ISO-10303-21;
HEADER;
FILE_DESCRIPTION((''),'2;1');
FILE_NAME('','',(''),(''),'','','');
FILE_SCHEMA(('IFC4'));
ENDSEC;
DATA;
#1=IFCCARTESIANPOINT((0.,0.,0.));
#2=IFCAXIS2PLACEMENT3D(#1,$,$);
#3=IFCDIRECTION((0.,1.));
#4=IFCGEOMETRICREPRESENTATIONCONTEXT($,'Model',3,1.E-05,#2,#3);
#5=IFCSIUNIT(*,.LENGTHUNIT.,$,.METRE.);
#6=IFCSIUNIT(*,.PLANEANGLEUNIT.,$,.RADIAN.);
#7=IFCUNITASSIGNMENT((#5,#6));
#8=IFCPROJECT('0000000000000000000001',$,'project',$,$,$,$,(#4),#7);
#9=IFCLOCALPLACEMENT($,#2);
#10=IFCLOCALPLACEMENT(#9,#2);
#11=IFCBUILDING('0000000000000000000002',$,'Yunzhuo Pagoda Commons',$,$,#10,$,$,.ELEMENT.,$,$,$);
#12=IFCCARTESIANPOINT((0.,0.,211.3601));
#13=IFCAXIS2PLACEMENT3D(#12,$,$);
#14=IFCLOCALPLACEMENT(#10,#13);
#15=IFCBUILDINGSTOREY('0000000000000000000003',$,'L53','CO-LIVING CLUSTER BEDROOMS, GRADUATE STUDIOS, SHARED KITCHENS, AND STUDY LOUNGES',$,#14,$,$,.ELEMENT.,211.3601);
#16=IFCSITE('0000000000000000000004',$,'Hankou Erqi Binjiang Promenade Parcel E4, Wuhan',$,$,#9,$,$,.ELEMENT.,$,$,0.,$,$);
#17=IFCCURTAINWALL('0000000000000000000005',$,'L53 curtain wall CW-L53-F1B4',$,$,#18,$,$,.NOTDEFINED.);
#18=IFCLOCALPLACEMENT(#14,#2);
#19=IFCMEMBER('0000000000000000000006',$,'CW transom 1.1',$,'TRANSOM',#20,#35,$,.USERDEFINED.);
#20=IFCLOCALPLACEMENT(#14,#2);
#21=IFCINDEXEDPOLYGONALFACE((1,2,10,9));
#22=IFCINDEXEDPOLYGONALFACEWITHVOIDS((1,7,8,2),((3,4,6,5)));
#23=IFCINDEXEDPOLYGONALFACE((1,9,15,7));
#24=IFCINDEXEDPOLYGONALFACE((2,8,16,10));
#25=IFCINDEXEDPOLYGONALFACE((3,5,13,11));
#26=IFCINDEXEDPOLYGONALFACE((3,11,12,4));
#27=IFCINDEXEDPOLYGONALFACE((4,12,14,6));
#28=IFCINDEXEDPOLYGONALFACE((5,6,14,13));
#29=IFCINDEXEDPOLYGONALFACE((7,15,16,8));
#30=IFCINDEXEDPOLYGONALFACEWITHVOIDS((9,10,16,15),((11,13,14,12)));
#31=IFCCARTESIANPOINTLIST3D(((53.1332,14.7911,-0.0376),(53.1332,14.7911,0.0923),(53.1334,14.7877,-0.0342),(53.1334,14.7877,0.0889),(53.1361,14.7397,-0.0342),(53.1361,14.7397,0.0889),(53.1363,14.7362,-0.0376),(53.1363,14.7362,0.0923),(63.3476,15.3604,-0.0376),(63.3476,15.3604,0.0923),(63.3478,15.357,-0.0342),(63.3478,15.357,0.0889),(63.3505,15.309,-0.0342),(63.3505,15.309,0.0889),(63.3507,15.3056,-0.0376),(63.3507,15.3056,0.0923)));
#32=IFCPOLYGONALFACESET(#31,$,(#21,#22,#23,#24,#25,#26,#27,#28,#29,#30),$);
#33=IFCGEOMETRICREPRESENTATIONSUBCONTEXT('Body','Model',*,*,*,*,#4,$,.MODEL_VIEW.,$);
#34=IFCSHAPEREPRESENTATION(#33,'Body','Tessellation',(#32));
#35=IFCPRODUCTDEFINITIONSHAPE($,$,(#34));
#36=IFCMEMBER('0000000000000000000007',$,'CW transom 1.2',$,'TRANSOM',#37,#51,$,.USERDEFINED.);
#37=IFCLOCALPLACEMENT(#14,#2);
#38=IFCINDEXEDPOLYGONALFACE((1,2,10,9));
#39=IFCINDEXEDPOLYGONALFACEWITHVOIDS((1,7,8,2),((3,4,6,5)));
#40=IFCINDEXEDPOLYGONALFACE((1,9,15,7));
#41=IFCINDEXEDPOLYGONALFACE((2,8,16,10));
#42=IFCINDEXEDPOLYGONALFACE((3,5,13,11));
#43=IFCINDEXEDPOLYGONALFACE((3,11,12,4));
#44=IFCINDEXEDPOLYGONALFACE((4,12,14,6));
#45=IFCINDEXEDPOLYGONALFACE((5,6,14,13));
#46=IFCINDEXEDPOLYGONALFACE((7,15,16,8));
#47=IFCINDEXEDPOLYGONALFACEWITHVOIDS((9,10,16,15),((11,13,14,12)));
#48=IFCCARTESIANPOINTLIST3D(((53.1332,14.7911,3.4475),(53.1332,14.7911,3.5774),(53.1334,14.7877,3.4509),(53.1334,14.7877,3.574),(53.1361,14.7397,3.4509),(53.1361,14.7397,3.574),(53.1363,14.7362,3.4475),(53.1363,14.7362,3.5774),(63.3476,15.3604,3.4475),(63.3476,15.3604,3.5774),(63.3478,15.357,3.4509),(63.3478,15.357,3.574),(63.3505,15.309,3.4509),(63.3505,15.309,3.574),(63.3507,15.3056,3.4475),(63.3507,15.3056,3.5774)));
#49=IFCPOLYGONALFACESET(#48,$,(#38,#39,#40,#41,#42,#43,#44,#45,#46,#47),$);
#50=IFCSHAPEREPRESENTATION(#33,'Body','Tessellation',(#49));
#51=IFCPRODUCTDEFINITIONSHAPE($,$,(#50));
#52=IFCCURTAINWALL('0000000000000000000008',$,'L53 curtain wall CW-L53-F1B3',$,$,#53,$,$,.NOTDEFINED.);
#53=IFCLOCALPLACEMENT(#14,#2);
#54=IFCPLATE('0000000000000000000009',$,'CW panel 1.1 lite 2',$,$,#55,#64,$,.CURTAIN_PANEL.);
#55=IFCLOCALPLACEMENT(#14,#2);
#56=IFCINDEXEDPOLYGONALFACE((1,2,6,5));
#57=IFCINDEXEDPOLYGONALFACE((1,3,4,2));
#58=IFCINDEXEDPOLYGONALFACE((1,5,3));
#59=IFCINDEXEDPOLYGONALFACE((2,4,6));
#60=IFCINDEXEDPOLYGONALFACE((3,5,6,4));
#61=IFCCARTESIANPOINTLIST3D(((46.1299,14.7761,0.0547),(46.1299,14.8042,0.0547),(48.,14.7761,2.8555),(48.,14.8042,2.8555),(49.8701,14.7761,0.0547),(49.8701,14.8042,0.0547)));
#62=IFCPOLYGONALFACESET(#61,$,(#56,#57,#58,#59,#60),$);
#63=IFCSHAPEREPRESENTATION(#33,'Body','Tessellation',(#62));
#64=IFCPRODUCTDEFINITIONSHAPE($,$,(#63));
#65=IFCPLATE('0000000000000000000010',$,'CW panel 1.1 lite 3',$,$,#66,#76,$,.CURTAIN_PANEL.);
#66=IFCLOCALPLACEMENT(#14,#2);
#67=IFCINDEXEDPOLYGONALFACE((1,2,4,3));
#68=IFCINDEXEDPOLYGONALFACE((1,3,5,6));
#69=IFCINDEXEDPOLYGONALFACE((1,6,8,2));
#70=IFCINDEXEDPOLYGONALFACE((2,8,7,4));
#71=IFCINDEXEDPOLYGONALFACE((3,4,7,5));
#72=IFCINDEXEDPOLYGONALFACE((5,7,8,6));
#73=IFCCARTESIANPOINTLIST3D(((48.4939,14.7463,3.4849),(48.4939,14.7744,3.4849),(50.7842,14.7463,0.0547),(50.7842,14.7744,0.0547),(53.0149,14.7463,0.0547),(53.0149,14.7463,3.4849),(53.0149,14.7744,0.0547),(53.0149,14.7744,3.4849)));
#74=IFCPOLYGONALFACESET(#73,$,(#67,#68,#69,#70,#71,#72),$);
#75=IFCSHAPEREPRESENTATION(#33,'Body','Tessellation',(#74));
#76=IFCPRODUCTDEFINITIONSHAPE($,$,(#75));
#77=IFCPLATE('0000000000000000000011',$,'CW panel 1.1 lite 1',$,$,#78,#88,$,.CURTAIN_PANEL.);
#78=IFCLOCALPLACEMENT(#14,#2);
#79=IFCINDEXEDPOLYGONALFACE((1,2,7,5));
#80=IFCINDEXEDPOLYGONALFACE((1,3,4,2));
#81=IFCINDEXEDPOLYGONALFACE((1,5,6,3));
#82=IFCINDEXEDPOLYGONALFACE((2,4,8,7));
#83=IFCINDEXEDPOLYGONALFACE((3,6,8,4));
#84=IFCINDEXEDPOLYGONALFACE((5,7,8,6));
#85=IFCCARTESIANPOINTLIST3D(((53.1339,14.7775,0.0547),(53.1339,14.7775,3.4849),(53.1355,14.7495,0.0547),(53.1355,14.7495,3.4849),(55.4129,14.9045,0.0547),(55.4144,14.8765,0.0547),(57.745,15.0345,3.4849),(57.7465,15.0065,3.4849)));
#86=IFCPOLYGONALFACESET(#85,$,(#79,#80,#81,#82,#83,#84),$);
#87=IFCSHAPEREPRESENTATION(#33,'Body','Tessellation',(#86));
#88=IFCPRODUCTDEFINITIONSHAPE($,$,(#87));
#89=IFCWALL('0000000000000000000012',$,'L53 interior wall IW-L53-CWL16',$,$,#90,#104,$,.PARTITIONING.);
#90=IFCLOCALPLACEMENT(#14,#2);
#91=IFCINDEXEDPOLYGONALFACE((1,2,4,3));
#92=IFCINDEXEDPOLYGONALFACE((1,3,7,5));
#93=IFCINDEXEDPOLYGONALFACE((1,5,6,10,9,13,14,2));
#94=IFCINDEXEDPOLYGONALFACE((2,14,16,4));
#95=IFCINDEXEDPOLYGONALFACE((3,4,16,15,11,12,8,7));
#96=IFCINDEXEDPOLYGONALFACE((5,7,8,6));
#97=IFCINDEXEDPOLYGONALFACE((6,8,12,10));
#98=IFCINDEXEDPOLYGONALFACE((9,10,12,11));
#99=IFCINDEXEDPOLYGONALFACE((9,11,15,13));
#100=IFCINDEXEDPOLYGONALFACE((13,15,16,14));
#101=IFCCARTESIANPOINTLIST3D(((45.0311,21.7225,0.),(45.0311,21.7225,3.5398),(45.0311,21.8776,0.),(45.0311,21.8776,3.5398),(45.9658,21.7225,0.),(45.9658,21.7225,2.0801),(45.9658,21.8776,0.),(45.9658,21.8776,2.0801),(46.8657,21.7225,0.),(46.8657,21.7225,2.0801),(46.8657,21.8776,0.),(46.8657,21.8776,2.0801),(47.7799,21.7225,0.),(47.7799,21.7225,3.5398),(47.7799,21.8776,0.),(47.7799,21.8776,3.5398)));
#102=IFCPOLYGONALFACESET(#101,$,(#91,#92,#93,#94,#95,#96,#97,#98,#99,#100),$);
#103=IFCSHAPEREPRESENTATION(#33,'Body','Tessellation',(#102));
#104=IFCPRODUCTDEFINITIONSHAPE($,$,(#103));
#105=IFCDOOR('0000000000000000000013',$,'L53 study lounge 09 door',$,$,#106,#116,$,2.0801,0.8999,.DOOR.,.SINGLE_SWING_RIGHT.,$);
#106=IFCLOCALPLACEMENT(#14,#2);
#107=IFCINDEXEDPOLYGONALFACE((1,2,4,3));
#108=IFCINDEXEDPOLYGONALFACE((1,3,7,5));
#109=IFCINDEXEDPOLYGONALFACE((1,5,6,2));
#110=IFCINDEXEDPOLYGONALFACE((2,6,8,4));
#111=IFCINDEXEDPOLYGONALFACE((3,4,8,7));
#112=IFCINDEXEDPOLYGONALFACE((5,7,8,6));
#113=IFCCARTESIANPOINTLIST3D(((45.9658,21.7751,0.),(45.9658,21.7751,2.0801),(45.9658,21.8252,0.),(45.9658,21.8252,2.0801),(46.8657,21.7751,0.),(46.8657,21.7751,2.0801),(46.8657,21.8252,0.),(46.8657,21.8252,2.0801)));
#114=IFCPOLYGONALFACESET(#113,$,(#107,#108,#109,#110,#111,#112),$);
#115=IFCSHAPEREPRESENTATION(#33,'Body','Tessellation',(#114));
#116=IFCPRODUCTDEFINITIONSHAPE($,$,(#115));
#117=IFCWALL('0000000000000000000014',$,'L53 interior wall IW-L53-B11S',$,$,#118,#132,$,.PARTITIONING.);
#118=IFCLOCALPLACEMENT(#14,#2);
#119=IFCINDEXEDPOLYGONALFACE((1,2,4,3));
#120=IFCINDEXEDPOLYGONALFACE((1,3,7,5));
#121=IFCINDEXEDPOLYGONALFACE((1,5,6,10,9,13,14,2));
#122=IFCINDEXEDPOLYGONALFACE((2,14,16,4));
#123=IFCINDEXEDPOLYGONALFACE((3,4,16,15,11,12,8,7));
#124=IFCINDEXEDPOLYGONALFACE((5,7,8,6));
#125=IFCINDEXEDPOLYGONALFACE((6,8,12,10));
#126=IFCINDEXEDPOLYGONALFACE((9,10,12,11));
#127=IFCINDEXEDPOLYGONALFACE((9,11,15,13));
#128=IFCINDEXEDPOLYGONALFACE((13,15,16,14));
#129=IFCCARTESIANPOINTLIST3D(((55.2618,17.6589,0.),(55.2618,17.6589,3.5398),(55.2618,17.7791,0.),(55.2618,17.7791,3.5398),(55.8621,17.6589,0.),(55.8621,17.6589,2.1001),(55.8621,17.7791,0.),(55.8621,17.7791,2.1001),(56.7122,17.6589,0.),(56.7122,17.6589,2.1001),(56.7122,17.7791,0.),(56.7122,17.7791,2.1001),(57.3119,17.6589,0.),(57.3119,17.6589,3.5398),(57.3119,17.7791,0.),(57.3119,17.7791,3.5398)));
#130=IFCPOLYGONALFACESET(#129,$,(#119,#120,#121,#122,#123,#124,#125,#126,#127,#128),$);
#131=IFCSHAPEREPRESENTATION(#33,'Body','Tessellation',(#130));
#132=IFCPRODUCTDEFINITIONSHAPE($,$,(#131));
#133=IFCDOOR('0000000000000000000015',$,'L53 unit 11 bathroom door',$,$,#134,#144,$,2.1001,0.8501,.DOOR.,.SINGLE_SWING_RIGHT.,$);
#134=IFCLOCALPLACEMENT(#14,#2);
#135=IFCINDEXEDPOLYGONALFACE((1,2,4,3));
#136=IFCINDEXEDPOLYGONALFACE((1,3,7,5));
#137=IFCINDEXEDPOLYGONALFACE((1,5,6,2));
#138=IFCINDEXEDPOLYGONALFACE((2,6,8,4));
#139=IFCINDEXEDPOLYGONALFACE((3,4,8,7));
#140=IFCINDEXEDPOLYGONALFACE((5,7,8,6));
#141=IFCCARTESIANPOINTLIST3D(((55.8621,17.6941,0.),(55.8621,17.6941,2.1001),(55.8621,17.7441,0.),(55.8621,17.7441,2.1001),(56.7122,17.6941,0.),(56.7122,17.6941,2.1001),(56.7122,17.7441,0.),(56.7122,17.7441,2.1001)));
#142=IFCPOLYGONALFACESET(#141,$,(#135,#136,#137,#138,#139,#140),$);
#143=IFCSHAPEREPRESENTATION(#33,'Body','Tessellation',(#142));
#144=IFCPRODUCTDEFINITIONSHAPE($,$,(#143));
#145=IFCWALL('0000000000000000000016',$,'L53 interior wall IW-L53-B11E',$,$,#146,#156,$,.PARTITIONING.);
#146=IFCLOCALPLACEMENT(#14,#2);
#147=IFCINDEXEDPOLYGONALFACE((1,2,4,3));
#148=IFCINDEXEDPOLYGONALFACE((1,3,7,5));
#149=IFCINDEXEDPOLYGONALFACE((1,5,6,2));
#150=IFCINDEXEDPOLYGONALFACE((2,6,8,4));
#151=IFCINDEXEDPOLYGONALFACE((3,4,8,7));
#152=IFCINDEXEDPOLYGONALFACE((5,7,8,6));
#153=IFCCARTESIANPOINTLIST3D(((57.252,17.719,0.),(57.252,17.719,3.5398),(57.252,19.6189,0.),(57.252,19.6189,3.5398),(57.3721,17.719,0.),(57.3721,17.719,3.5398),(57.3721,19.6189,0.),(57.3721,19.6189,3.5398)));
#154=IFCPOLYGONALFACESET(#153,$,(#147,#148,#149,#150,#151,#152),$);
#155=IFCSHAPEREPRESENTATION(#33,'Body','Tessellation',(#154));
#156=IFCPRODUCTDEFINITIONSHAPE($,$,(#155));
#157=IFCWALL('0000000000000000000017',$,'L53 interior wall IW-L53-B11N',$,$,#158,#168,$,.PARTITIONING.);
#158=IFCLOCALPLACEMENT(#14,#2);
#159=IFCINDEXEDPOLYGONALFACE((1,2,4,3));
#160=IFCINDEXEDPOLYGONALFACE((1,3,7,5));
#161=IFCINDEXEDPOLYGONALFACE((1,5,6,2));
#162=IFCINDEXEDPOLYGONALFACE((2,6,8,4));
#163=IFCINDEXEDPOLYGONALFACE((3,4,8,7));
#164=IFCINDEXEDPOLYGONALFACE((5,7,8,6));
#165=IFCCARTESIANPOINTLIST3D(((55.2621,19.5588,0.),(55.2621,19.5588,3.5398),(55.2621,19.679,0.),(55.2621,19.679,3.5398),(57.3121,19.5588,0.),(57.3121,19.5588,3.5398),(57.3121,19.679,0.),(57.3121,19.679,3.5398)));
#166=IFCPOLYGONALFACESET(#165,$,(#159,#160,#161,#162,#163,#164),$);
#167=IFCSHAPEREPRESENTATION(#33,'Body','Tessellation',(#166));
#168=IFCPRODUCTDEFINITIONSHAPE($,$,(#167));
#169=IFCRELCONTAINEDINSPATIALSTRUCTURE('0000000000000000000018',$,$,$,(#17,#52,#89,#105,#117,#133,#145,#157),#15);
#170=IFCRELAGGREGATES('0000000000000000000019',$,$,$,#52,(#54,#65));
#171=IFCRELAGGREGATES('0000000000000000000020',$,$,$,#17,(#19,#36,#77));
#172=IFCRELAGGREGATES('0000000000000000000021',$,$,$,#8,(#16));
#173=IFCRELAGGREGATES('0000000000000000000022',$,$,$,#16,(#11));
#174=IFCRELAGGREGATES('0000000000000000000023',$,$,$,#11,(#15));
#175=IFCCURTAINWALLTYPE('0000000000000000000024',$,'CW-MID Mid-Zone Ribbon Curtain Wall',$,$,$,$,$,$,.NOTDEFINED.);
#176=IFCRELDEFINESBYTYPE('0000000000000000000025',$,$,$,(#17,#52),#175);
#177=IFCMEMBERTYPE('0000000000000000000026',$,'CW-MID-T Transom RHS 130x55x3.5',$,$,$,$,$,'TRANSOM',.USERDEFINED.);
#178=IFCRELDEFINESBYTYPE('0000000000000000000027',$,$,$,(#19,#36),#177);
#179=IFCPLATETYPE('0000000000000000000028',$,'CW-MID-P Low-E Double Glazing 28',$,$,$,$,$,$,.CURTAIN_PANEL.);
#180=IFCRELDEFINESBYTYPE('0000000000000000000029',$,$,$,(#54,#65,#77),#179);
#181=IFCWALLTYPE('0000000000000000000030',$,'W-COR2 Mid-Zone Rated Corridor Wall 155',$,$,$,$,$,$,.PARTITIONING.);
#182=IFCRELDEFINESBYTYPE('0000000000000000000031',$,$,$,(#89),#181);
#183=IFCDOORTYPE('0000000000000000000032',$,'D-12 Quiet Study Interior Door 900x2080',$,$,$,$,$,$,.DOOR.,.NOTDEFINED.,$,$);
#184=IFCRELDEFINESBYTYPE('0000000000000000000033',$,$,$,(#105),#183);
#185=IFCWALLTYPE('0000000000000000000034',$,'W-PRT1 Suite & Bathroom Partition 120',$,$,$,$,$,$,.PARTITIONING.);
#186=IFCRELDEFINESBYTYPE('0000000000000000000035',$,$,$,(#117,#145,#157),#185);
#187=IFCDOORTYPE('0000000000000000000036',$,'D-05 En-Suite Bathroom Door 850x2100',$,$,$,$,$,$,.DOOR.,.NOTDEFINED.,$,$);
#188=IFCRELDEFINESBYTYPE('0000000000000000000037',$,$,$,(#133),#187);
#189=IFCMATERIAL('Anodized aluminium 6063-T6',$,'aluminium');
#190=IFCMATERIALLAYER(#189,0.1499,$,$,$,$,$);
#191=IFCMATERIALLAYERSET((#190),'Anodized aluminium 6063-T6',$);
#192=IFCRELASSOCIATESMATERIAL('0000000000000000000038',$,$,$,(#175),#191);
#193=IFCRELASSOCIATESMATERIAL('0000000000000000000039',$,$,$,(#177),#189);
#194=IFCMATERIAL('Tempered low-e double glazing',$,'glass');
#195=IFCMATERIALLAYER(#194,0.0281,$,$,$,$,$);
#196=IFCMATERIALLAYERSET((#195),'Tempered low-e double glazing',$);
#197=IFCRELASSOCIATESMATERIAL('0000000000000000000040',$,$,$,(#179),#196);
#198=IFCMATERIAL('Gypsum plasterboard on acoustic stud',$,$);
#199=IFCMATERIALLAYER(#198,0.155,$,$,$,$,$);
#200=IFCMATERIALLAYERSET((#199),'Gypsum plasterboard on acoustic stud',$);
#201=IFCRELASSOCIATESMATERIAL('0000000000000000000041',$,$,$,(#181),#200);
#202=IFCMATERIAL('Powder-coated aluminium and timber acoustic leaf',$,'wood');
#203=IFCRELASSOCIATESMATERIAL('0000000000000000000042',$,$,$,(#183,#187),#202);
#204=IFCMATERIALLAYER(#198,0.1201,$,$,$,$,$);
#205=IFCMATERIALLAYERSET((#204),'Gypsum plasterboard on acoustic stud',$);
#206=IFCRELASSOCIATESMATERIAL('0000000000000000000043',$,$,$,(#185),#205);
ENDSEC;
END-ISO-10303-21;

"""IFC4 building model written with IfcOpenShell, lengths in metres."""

from ifc_helpers import new_model, si_unit, direction, frame, frame_2d, origin, origin_with_axes, origin_2d, place, context, subcontext, project, spatial, polyline, rectangle, hollow_rectangle, outline, extrude, source, transform, mapped, material, layer, layer_set, material_profile, profile_set, type_object, element, fill, aggregate, save


model = new_model("IFC4")

# Units and contexts
model_context = context("Model", 3, precision=1e-05, world=origin(), true_north=direction((0.0, 1.0)))
body_context = subcontext(model_context, "Body", "Model", "MODEL_VIEW")
ifc_project = project(units=[si_unit("LENGTHUNIT", "METRE"), si_unit("PLANEANGLEUNIT", "RADIAN")], contexts=[model_context])

# Site, building, storey
site_placement = place(None, origin())
site = spatial("IfcSite", under=ifc_project, at=site_placement, Name="Hankou Erqi Binjiang Promenade Parcel E4, Wuhan", CompositionType="ELEMENT", RefElevation=0.0)
building_placement = place(site_placement, origin())
building = spatial("IfcBuilding", under=site, at=building_placement, Name="Yunzhuo Pagoda Commons", CompositionType="ELEMENT")
storey_placement = place(building_placement, frame((0.0, 0.0, 211.3601)))
storey = spatial("IfcBuildingStorey", under=building, at=storey_placement, Name="L53", Description="CO-LIVING CLUSTER BEDROOMS, GRADUATE STUDIOS, SHARED KITCHENS, AND STUDY LOUNGES", CompositionType="ELEMENT", Elevation=211.3601)

# Curtain wall, members
ifc_material_1 = material(Name="Anodized aluminium 6063-T6", Category="aluminium")
ifc_layer_1 = layer(ifc_material_1, 0.1499)
ifc_layer_set_1 = layer_set([ifc_layer_1], Name="Anodized aluminium 6063-T6")
curtain_wall_type = type_object("IfcCurtainWallType", Name="CW-MID Mid-Zone Ribbon Curtain Wall", PredefinedType="NOTDEFINED", material=ifc_layer_set_1)
curtain_wall_1_placement = place(storey_placement, origin())
curtain_wall_1 = element("IfcCurtainWall", 1, at=curtain_wall_1_placement, inside=storey, type_object=curtain_wall_type, Name="L53 curtain wall CW-L53-F1B4", PredefinedType="NOTDEFINED")
ifc_material_profile_1 = material_profile(ifc_material_1, hollow_rectangle(XDim=0.0549, YDim=0.1299, WallThickness=0.0034, at=origin_2d()), Name="Anodized aluminium 6063-T6")
ifc_profile_set_1 = profile_set([ifc_material_profile_1], Name="Anodized aluminium 6063-T6")
member_type_1 = type_object("IfcMemberType", Name="CW-MID-T Transom RHS 130x55x3.5", ElementType="TRANSOM", PredefinedType="USERDEFINED", material=ifc_profile_set_1)
shared_shape_1 = source(origin(), body_context, "Body", "SweptSolid", [
    extrude(hollow_rectangle(XDim=0.0549, YDim=0.1299, WallThickness=0.0034, at=origin_2d()), origin(), (0.0, 0.0, 1.0), 10.2302),
])
member_1_placement = place(storey_placement, frame((53.1348, 14.7637, 0.0273), z_axis=(0.99845, 0.055652, 0.0), x_axis=(-0.055652, 0.99845, 0.0)))
member_1 = element("IfcMember", 2, at=member_1_placement, type_object=member_type_1, Name="CW transom 1.1", ObjectType="TRANSOM", PredefinedType="USERDEFINED", context=body_context, shape_type="MappedRepresentation", body=[
    mapped(shared_shape_1, transform((0.0, 0.0, 0.0), scale=1.0)),
])
member_2_placement = place(storey_placement, frame((53.1348, 14.7637, 3.5125), z_axis=(0.99845, 0.055652, 0.0), x_axis=(-0.055652, 0.99845, 0.0)))
member_2 = element("IfcMember", 3, at=member_2_placement, type_object=member_type_1, Name="CW transom 1.2", ObjectType="TRANSOM", PredefinedType="USERDEFINED", context=body_context, shape_type="MappedRepresentation", body=[
    mapped(shared_shape_1, transform((0.0, 0.0, 0.0), scale=1.0)),
])

# Curtain wall, plates
curtain_wall_2_placement = place(storey_placement, origin())
curtain_wall_2 = element("IfcCurtainWall", 4, at=curtain_wall_2_placement, inside=storey, type_object=curtain_wall_type, Name="L53 curtain wall CW-L53-F1B3", PredefinedType="NOTDEFINED")
ifc_material_2 = material(Name="Tempered low-e double glazing", Category="glass")
ifc_layer_2 = layer(ifc_material_2, 0.0281)
ifc_layer_set_2 = layer_set([ifc_layer_2], Name="Tempered low-e double glazing")
plate_type = type_object("IfcPlateType", Name="CW-MID-P Low-E Double Glazing 28", PredefinedType="CURTAIN_PANEL", material=ifc_layer_set_2)
plate_1_placement = place(storey_placement, frame((48.0, 14.8042, 1.4551), z_axis=(0.0, -1.0, 0.0), x_axis=(1.0, 0.0, 0.0)))
plate_1 = element("IfcPlate", 5, at=plate_1_placement, type_object=plate_type, Name="CW panel 1.1 lite 2", PredefinedType="CURTAIN_PANEL", context=body_context, shape_type="SweptSolid", body=[
    extrude(outline(polyline([(-1.8701, -1.4004), (1.8701, -1.4004), (0.0, 1.4004), (-1.8701, -1.4004)])), origin(), (0.0, 0.0, 1.0), 0.0281),
])
plate_2_placement = place(storey_placement, frame((50.7544, 14.7744, 1.7698), z_axis=(0.0, -1.0, 0.0), x_axis=(1.0, 0.0, 0.0)))
plate_2 = element("IfcPlate", 6, at=plate_2_placement, type_object=plate_type, Name="CW panel 1.1 lite 3", PredefinedType="CURTAIN_PANEL", context=body_context, shape_type="SweptSolid", body=[
    extrude(outline(polyline([(-2.2605, 1.7151), (0.0298, -1.7151), (2.2605, -1.7151), (2.2605, 1.7151), (-2.2605, 1.7151)])), origin(), (0.0, 0.0, 1.0), 0.0281),
])
aggregate(curtain_wall_2, [plate_1, plate_2])

# Plate
plate_3_placement = place(storey_placement, frame((55.4395, 14.906, 1.7698), z_axis=(0.055642, -0.998451, 0.0), x_axis=(0.998451, 0.055642, 0.0)))
plate_3 = element("IfcPlate", 7, at=plate_3_placement, type_object=plate_type, Name="CW panel 1.1 lite 1", PredefinedType="CURTAIN_PANEL", context=body_context, shape_type="SweptSolid", body=[
    extrude(outline(polyline([(-2.3091, -1.7151), (-0.0266, -1.7151), (2.3091, 1.7151), (-2.3091, 1.7151), (-2.3091, -1.7151)])), origin(), (0.0, 0.0, 1.0), 0.0281),
])
aggregate(curtain_wall_1, [member_1, member_2, plate_3])

# Walls, openings, doors
ifc_material_3 = material(Name="Gypsum plasterboard on acoustic stud")
ifc_layer_3 = layer(ifc_material_3, 0.155)
ifc_layer_set_3 = layer_set([ifc_layer_3], Name="Gypsum plasterboard on acoustic stud")
wall_type_1 = type_object("IfcWallType", Name="W-COR2 Mid-Zone Rated Corridor Wall 155", PredefinedType="PARTITIONING", material=ifc_layer_set_3)
wall_1_placement = place(storey_placement, frame((47.78, 21.8, 0.0), z_axis=(0.0, 0.0, 1.0), x_axis=(-1.0, 0.0, 0.0)))
wall_1 = element("IfcWall", 8, at=wall_1_placement, inside=storey, type_object=wall_type_1, Name="L53 interior wall IW-L53-CWL16", PredefinedType="PARTITIONING", context=body_context, shape_type="SweptSolid", body=[
    extrude(rectangle(XDim=2.7488, YDim=0.155, at=frame_2d((1.3745, 0.0))), origin(), (0.0, 0.0, 1.0), 3.5398),
])
opening_1_placement = place(wall_1_placement, frame((0.9143, 0.0, 0.0)))
opening_1 = element("IfcOpeningElement", 9, at=opening_1_placement, cuts=wall_1, PredefinedType="OPENING", context=body_context, shape_type="SweptSolid", body=[
    extrude(rectangle(XDim=0.8999, YDim=2.0801, at=frame_2d((0.45, 1.04))), frame((0.0, 0.0874, 0.0), z_axis=(0.0, -1.0, 0.0), x_axis=(1.0, 0.0, 0.0)), (0.0, 0.0, 1.0), 0.175),
])
ifc_material_4 = material(Name="Powder-coated aluminium and timber acoustic leaf", Category="wood")
door_type_1 = type_object("IfcDoorType", Name="D-12 Quiet Study Interior Door 900x2080", OperationType="NOTDEFINED", PredefinedType="DOOR", material=ifc_material_4)
shared_shape_2 = source(origin(), body_context, "Body", "SweptSolid", [
    extrude(rectangle(XDim=0.8999, YDim=2.0801, at=frame_2d((0.45, 1.04))), frame((0.0, 0.0249, 0.0), z_axis=(0.0, -1.0, 0.0), x_axis=(1.0, 0.0, 0.0)), (0.0, 0.0, 1.0), 0.05),
])
door_1_placement = place(opening_1_placement, origin_with_axes())
door_1 = element("IfcDoor", 10, at=door_1_placement, inside=storey, type_object=door_type_1, Name="L53 study lounge 09 door", OperationType="SINGLE_SWING_RIGHT", OverallHeight=2.0801, OverallWidth=0.8999, PredefinedType="DOOR", context=body_context, shape_type="MappedRepresentation", body=[
    mapped(shared_shape_2, transform((0.0, 0.0, 0.0), scale=1.0)),
])
fill(opening_1, door_1)
ifc_layer_4 = layer(ifc_material_3, 0.1201)
ifc_layer_set_4 = layer_set([ifc_layer_4], Name="Gypsum plasterboard on acoustic stud")
wall_type_2 = type_object("IfcWallType", Name="W-PRT1 Suite & Bathroom Partition 120", PredefinedType="PARTITIONING", material=ifc_layer_set_4)
wall_2_placement = place(storey_placement, frame((55.262, 17.719, 0.0), z_axis=(0.0, 0.0, 1.0), x_axis=(1.0, 0.0, 0.0)))
wall_2 = element("IfcWall", 11, at=wall_2_placement, inside=storey, type_object=wall_type_2, Name="L53 interior wall IW-L53-B11S", PredefinedType="PARTITIONING", context=body_context, shape_type="SweptSolid", body=[
    extrude(rectangle(XDim=2.05, YDim=0.1201, at=frame_2d((1.0249, 0.0))), origin(), (0.0, 0.0, 1.0), 3.5398),
])
opening_2_placement = place(wall_2_placement, frame((0.6001, 0.0, 0.0)))
opening_2 = element("IfcOpeningElement", 12, at=opening_2_placement, cuts=wall_2, PredefinedType="OPENING", context=body_context, shape_type="SweptSolid", body=[
    extrude(rectangle(XDim=0.8501, YDim=2.1001, at=frame_2d((0.425, 1.05))), frame((0.0, 0.0701, 0.0), z_axis=(0.0, -1.0, 0.0), x_axis=(1.0, 0.0, 0.0)), (0.0, 0.0, 1.0), 0.1401),
])
door_type_2 = type_object("IfcDoorType", Name="D-05 En-Suite Bathroom Door 850x2100", OperationType="NOTDEFINED", PredefinedType="DOOR", material=ifc_material_4)
shared_shape_3 = source(origin(), body_context, "Body", "SweptSolid", [
    extrude(rectangle(XDim=0.8501, YDim=2.1001, at=frame_2d((0.425, 1.05))), frame((0.0, 0.0249, 0.0), z_axis=(0.0, -1.0, 0.0), x_axis=(1.0, 0.0, 0.0)), (0.0, 0.0, 1.0), 0.05),
])
door_2_placement = place(opening_2_placement, frame((0.8501, 0.0, 0.0), z_axis=(0.0, 0.0, 1.0), x_axis=(-1.0, 0.0, 0.0)))
door_2 = element("IfcDoor", 13, at=door_2_placement, inside=storey, type_object=door_type_2, Name="L53 unit 11 bathroom door", OperationType="SINGLE_SWING_RIGHT", OverallHeight=2.1001, OverallWidth=0.8501, PredefinedType="DOOR", context=body_context, shape_type="MappedRepresentation", body=[
    mapped(shared_shape_3, transform((0.0, 0.0, 0.0), scale=1.0)),
])
fill(opening_2, door_2)

# Walls
wall_3_placement = place(storey_placement, frame((57.312, 17.719, 0.0), z_axis=(0.0, 0.0, 1.0), x_axis=(0.0, 1.0, 0.0)))
element("IfcWall", 14, at=wall_3_placement, inside=storey, type_object=wall_type_2, Name="L53 interior wall IW-L53-B11E", PredefinedType="PARTITIONING", context=body_context, shape_type="SweptSolid", body=[
    extrude(rectangle(XDim=1.8999, YDim=0.1201, at=frame_2d((0.95, 0.0))), origin(), (0.0, 0.0, 1.0), 3.5398),
])
wall_4_placement = place(storey_placement, frame((57.312, 19.6189, 0.0), z_axis=(0.0, 0.0, 1.0), x_axis=(-1.0, 0.0, 0.0)))
element("IfcWall", 15, at=wall_4_placement, inside=storey, type_object=wall_type_2, Name="L53 interior wall IW-L53-B11N", PredefinedType="PARTITIONING", context=body_context, shape_type="SweptSolid", body=[
    extrude(rectangle(XDim=2.05, YDim=0.1201, at=frame_2d((1.0249, 0.0))), origin(), (0.0, 0.0, 1.0), 3.5398),
])

save(model, "model.ifc")
